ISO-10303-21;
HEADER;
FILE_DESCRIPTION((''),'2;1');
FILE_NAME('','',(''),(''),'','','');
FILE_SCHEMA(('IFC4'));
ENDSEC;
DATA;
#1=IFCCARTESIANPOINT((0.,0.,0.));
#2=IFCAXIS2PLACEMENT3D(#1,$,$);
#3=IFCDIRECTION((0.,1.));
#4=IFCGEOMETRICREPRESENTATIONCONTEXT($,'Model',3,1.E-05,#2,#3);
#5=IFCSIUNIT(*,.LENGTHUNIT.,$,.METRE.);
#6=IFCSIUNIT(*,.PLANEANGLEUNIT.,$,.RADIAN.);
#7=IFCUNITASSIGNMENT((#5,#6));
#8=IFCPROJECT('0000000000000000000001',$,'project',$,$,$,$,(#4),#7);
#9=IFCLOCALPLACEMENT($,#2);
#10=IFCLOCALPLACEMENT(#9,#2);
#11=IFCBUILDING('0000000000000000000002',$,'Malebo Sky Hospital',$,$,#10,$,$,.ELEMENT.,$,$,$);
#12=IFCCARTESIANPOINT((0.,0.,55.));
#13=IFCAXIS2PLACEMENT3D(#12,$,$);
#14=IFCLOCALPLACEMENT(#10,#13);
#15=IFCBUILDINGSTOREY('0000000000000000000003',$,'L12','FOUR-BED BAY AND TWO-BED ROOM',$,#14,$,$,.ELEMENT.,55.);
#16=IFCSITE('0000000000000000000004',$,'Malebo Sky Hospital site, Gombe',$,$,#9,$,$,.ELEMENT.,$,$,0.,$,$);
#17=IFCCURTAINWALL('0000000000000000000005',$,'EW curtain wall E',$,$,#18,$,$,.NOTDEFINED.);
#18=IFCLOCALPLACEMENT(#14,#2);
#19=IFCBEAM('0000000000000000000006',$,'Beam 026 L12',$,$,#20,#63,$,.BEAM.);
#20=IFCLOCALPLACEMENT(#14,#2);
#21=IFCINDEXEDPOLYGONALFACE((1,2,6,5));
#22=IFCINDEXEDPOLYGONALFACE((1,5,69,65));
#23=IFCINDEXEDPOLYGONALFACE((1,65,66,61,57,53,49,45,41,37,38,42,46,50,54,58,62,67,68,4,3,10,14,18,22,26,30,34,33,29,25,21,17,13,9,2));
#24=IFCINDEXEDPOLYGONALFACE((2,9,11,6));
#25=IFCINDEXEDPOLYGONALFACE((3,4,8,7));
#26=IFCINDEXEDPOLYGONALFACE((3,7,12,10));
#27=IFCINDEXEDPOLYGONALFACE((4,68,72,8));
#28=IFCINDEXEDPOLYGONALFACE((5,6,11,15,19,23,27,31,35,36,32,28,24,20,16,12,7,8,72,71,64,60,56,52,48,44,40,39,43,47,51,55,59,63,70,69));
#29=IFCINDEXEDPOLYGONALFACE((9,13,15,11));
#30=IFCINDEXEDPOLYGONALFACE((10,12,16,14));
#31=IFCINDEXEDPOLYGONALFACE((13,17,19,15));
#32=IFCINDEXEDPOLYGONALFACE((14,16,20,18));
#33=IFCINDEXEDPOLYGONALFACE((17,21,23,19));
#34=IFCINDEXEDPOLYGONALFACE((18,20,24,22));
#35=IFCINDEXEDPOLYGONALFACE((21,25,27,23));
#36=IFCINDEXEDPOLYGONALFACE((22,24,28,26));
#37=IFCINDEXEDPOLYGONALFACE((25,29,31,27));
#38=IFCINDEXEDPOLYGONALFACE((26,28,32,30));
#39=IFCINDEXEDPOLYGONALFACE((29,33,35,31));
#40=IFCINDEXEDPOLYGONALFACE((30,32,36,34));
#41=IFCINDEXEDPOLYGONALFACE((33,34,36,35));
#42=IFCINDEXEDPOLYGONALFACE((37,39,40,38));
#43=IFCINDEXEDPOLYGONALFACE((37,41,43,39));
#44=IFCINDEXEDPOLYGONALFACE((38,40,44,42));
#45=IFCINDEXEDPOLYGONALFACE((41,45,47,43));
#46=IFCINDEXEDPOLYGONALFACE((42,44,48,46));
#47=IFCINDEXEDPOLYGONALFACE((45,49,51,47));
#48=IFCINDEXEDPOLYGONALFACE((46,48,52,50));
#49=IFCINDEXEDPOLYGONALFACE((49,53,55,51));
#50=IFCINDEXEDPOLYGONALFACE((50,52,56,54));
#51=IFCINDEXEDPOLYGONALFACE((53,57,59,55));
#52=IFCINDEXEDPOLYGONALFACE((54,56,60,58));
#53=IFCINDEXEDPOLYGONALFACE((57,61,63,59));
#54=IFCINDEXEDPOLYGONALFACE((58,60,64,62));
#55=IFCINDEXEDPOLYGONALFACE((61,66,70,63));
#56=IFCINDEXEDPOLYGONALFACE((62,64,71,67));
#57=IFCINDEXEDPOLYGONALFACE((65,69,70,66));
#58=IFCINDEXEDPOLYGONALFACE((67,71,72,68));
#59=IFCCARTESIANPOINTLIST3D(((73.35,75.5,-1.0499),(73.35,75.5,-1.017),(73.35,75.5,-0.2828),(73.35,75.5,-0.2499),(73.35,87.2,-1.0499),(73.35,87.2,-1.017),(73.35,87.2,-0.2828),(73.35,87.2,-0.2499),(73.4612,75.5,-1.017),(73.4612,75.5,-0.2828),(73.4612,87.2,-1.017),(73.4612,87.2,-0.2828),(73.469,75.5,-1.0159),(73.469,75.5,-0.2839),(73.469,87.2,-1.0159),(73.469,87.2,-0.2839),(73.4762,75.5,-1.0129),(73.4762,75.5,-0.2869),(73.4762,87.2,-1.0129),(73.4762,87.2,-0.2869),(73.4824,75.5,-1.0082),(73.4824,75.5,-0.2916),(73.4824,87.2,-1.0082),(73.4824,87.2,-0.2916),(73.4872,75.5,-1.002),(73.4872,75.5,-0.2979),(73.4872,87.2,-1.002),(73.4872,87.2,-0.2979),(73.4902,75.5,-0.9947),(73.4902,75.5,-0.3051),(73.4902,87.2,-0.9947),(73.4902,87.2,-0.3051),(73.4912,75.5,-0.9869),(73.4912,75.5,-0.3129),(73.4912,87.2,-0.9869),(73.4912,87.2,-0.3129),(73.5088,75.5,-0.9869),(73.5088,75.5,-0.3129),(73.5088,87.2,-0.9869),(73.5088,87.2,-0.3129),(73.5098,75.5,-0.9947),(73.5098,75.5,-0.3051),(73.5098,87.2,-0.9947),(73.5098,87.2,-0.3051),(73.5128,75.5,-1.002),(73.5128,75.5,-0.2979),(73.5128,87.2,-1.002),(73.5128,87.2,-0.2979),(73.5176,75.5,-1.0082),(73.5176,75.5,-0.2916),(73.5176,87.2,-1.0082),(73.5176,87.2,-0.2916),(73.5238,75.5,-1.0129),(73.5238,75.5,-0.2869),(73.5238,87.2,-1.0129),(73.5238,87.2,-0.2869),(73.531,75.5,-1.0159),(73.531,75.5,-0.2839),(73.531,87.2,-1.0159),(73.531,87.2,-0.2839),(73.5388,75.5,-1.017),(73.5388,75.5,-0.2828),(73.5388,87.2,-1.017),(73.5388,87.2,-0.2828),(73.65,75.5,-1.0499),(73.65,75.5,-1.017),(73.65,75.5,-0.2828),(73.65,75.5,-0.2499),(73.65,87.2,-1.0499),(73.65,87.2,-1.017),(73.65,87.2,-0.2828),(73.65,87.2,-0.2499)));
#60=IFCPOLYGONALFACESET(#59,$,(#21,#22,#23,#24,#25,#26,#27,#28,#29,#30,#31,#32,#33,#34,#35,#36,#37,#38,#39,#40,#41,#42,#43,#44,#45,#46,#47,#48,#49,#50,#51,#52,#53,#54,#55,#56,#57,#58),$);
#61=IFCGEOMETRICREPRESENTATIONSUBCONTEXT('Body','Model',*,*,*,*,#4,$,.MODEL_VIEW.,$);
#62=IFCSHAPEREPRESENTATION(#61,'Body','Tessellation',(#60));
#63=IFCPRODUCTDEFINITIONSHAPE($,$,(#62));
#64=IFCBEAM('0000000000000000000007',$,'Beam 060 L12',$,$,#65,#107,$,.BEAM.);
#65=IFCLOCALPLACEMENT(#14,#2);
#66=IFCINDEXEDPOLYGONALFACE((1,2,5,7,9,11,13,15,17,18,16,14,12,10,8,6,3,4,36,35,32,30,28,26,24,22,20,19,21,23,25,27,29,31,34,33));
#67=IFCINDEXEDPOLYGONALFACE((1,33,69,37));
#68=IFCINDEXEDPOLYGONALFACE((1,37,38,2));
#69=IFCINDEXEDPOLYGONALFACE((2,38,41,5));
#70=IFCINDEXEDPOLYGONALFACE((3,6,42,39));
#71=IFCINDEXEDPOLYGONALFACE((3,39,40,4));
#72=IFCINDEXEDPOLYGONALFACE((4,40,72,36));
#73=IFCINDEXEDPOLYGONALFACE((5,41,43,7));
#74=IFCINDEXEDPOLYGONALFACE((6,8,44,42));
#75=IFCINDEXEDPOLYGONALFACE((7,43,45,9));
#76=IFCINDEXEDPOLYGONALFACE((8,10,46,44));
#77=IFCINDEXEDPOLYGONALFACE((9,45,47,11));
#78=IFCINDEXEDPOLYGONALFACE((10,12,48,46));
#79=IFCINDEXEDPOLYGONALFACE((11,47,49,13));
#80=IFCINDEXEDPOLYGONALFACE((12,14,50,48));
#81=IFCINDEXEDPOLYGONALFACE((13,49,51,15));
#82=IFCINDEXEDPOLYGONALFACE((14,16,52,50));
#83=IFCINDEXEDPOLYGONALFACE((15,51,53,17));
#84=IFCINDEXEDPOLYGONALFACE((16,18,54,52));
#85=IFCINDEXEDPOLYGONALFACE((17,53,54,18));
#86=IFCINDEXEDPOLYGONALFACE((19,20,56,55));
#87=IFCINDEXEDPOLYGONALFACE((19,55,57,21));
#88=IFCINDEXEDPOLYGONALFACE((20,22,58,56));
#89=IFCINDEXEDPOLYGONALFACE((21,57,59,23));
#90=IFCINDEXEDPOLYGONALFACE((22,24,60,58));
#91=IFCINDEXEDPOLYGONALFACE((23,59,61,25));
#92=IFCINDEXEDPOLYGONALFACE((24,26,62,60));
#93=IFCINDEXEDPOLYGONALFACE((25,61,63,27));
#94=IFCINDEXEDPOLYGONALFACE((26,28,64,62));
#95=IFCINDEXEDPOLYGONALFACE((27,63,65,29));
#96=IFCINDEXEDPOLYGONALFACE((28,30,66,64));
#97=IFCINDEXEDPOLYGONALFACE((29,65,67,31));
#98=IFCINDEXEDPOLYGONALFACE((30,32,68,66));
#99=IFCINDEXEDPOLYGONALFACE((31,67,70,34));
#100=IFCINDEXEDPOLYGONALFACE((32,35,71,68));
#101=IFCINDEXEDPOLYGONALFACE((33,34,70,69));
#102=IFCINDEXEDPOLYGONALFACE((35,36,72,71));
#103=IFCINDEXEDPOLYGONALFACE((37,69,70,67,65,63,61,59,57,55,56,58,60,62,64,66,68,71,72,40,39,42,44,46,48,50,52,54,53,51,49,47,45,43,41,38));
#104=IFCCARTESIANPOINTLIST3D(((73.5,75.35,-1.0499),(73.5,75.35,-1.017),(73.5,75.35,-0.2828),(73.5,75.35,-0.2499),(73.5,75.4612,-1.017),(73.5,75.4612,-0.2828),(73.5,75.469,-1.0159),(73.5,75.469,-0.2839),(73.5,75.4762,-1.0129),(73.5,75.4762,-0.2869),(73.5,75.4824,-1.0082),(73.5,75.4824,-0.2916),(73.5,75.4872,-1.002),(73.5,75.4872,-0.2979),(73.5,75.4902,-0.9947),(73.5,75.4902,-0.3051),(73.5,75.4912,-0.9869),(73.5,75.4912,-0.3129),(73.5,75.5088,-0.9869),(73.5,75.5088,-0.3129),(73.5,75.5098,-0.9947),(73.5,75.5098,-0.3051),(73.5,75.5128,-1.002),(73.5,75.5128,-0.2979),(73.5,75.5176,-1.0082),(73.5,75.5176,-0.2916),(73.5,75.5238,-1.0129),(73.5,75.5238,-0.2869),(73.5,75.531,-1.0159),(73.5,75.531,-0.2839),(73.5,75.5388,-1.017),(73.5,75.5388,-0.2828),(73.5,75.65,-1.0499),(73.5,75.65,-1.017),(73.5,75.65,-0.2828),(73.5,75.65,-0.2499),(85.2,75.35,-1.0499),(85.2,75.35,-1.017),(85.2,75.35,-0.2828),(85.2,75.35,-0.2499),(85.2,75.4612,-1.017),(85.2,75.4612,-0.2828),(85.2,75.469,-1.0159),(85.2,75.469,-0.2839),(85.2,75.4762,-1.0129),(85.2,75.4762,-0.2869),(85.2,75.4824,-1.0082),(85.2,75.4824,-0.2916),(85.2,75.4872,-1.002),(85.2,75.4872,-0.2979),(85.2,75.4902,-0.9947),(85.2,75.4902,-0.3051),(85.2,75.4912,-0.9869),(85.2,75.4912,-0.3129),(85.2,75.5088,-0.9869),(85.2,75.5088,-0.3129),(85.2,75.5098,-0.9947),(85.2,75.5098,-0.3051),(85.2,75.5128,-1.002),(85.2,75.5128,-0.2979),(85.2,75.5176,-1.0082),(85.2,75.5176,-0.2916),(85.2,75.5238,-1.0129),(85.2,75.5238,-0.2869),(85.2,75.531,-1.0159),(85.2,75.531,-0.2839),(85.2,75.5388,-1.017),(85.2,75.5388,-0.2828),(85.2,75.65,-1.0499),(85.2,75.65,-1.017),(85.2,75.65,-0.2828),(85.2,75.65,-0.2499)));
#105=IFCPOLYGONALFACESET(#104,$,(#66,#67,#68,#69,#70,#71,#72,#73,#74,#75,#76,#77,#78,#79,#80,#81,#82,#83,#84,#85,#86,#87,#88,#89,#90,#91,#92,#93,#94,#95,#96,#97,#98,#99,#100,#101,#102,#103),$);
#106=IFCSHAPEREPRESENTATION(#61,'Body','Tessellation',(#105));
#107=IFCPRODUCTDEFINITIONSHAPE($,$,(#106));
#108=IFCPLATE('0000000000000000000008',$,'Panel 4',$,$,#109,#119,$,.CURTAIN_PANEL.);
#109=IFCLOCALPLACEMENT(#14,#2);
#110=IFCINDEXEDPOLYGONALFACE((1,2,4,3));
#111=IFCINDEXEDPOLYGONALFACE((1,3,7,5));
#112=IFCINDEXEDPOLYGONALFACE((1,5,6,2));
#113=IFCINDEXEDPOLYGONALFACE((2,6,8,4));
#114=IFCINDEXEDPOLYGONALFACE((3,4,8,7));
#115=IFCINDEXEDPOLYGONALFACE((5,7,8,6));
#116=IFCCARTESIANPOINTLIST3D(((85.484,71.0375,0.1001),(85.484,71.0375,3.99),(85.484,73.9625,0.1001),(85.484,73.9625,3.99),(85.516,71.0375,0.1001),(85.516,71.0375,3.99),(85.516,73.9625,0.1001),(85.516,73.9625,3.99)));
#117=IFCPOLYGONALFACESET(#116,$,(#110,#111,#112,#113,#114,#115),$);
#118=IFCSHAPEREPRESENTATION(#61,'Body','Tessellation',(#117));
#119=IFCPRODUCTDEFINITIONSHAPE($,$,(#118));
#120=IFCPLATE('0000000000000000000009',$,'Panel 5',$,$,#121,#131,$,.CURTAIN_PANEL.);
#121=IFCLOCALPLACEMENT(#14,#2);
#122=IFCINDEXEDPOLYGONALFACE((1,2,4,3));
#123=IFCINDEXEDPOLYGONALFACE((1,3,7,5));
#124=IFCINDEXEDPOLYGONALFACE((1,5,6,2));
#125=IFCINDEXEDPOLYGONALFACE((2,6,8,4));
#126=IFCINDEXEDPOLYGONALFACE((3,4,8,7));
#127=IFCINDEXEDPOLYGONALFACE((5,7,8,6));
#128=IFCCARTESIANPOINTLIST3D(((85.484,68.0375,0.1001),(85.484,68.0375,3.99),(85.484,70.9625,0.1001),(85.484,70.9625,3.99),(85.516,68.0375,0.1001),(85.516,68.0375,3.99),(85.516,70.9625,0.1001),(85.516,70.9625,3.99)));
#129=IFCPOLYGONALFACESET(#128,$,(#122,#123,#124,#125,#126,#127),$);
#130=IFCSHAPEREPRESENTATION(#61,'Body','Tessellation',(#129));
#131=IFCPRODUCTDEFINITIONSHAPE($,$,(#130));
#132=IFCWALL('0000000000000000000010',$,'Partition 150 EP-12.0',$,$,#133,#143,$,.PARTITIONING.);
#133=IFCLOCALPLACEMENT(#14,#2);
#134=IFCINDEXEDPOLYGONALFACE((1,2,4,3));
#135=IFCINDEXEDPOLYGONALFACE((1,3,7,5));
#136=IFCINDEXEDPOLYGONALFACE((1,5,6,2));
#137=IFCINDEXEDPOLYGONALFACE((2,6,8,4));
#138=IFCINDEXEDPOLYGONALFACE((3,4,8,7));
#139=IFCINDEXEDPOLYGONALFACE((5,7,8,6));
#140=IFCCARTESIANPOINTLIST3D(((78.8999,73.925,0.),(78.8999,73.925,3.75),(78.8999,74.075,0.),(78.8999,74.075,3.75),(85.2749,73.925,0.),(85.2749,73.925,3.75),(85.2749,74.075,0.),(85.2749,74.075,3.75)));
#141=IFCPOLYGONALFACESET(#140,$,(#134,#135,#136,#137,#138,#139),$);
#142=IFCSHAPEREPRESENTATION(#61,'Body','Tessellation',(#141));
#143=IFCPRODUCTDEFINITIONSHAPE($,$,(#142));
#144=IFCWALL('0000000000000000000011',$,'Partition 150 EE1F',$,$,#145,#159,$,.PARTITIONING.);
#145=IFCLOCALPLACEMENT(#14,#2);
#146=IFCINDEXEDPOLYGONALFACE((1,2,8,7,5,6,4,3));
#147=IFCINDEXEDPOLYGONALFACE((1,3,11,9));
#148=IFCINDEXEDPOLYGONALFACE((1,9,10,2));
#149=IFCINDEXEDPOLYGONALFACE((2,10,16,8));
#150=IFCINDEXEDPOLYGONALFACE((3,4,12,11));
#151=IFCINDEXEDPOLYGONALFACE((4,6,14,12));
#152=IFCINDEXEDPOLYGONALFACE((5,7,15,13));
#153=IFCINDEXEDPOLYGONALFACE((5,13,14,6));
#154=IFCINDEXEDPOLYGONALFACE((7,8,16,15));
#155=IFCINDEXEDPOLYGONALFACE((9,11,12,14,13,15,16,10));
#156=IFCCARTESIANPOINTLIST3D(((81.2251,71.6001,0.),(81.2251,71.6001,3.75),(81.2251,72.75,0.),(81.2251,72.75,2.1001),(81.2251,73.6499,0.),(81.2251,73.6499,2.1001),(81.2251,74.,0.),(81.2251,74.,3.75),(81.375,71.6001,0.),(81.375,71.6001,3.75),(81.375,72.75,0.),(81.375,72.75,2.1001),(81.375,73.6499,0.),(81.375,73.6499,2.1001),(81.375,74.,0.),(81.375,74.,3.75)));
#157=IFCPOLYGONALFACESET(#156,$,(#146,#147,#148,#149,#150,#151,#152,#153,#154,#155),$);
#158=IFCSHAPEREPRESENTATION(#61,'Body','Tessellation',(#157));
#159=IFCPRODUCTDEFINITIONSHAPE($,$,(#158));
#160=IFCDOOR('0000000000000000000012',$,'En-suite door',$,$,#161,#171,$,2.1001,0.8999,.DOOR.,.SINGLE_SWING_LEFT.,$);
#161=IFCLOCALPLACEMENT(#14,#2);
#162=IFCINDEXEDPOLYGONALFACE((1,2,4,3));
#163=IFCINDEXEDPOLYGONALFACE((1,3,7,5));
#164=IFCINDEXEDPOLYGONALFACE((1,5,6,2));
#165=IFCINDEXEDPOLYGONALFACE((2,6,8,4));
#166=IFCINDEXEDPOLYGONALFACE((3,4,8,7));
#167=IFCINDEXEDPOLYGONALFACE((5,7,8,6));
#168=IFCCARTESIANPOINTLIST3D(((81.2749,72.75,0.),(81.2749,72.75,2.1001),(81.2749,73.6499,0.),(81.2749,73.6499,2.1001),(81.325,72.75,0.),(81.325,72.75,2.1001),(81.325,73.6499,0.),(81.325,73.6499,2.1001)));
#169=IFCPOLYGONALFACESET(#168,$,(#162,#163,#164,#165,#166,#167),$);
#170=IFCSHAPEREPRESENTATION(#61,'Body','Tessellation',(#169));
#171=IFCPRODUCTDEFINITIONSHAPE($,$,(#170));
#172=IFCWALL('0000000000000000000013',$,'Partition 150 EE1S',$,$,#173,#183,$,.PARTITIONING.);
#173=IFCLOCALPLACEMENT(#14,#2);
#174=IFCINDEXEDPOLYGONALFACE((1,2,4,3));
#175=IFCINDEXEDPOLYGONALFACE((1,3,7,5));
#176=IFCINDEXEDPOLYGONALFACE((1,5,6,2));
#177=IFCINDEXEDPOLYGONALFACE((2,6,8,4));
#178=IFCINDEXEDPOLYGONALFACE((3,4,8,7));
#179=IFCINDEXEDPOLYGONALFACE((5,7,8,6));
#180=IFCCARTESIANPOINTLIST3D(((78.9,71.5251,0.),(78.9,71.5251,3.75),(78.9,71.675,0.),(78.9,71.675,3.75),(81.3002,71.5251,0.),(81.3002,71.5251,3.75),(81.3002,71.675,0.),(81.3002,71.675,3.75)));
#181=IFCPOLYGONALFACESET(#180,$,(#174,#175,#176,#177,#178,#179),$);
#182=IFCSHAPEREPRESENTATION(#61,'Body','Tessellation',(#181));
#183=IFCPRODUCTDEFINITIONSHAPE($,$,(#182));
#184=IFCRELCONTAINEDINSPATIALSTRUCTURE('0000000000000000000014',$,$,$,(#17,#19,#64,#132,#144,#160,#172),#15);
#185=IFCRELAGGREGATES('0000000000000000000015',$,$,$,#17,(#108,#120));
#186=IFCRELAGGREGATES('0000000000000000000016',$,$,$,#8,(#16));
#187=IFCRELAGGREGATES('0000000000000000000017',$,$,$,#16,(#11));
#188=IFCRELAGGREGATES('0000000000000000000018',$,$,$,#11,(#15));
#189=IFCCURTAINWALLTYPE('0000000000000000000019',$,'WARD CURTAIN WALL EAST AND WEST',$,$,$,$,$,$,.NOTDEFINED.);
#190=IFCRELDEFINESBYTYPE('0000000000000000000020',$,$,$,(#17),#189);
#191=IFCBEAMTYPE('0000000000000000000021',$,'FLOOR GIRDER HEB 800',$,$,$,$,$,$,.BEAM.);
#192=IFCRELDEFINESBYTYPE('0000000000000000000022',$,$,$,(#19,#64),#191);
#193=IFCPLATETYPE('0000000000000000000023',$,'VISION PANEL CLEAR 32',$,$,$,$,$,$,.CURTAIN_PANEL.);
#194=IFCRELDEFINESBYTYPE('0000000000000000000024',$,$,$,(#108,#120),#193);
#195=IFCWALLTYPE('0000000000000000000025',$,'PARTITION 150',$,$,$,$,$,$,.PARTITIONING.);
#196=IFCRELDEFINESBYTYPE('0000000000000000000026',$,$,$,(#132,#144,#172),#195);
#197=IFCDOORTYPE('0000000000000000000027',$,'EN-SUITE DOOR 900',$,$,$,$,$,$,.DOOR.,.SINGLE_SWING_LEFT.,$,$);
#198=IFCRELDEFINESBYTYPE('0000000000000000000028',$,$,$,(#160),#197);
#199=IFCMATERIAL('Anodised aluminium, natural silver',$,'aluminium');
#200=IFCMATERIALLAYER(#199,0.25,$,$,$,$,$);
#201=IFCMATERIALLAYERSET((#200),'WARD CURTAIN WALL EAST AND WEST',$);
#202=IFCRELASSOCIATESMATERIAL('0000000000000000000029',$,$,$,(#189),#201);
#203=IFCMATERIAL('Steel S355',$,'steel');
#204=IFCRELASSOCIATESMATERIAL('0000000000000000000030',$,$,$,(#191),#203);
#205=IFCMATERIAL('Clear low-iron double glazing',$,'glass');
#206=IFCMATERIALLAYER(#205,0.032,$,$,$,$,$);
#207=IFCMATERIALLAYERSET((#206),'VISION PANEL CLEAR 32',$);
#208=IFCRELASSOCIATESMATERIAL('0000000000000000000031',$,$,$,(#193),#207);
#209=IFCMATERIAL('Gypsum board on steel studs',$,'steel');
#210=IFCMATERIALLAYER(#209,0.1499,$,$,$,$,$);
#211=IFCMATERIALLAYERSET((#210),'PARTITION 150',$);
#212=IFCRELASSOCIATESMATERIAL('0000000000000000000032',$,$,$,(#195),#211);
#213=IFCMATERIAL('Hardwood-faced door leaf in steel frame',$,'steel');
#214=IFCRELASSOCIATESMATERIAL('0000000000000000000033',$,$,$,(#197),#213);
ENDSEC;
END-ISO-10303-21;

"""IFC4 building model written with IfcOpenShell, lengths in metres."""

from ifc_helpers import new_model, si_unit, direction, frame, frame_2d, origin, origin_2d, place, context, subcontext, project, spatial, rectangle, i_section, extrude, material, layer, layer_set, material_profile, profile_set, type_object, element, fill, aggregate, save


model = new_model("IFC4")

# Units and contexts
model_context = context("Model", 3, precision=1e-05, world=origin(), true_north=direction((0.0, 1.0)))
body_context = subcontext(model_context, "Body", "Model", "MODEL_VIEW")
ifc_project = project(units=[si_unit("LENGTHUNIT", "METRE"), si_unit("PLANEANGLEUNIT", "RADIAN")], contexts=[model_context])

# Site, building, storey
site_placement = place(None, origin())
site = spatial("IfcSite", under=ifc_project, at=site_placement, Name="Malebo Sky Hospital site, Gombe", CompositionType="ELEMENT", RefElevation=0.0)
building_placement = place(site_placement, origin())
building = spatial("IfcBuilding", under=site, at=building_placement, Name="Malebo Sky Hospital", CompositionType="ELEMENT")
storey_placement = place(building_placement, frame((0.0, 0.0, 55.0)))
storey = spatial("IfcBuildingStorey", under=building, at=storey_placement, Name="L12", Description="FOUR-BED BAY AND TWO-BED ROOM", CompositionType="ELEMENT", Elevation=55.0)

# Curtain wall
ifc_material_1 = material(Name="Anodised aluminium, natural silver", Category="aluminium")
ifc_layer_1 = layer(ifc_material_1, 0.25)
ifc_layer_set_1 = layer_set([ifc_layer_1], Name="WARD CURTAIN WALL EAST AND WEST")
curtain_wall_type = type_object("IfcCurtainWallType", Name="WARD CURTAIN WALL EAST AND WEST", PredefinedType="NOTDEFINED", material=ifc_layer_set_1)
curtain_wall_placement = place(storey_placement, origin())
curtain_wall = element("IfcCurtainWall", 1, at=curtain_wall_placement, inside=storey, type_object=curtain_wall_type, Name="EW curtain wall E", PredefinedType="NOTDEFINED")

# Shared definitions
ifc_material_2 = material(Name="Steel S355", Category="steel")

# Beams
ifc_material_profile_1 = material_profile(ifc_material_2, i_section(OverallWidth=0.3, OverallDepth=0.8, WebThickness=0.0176, FlangeThickness=0.033, FilletRadius=0.03, at=origin_2d()), Name="HEB 800")
ifc_profile_set_1 = profile_set([ifc_material_profile_1], Name="Steel S355")
beam_type_1 = type_object("IfcBeamType", Name="FLOOR GIRDER HEB 800", PredefinedType="BEAM", material=ifc_profile_set_1)
for number, where, z_axis, x_axis, name in (
    (2, (73.5, 75.5, -0.6499), (0.0, 1.0, 0.0), (-1.0, 0.0, 0.0), "Beam 026 L12"),
    (3, (73.5, 75.5, -0.6499), (1.0, 0.0, 0.0), (0.0, 1.0, 0.0), "Beam 060 L12"),
):
    element("IfcBeam", number, at=place(storey_placement, frame(where, z_axis=z_axis, x_axis=x_axis)), inside=storey, type_object=beam_type_1, Name=name, PredefinedType="BEAM", context=body_context, shape_type="SweptSolid", body=[
        extrude(i_section(OverallWidth=0.3, OverallDepth=0.8, WebThickness=0.0176, FlangeThickness=0.033, FilletRadius=0.03, at=origin_2d()), origin(), (0.0, 0.0, 1.0), 11.7),
    ])

# Plates
ifc_material_3 = material(Name="Clear low-iron double glazing", Category="glass")
ifc_layer_2 = layer(ifc_material_3, 0.032)
ifc_layer_set_2 = layer_set([ifc_layer_2], Name="VISION PANEL CLEAR 32")
plate_type = type_object("IfcPlateType", Name="VISION PANEL CLEAR 32", PredefinedType="CURTAIN_PANEL", material=ifc_layer_set_2)
plate_1_placement = place(storey_placement, frame((85.5, 72.5, 0.1001), z_axis=(0.0, 0.0, 1.0), x_axis=(0.0, -1.0, 0.0)))
plate_1 = element("IfcPlate", 4, at=plate_1_placement, type_object=plate_type, Name="Panel 4", PredefinedType="CURTAIN_PANEL", context=body_context, shape_type="SweptSolid", body=[
    extrude(rectangle(XDim=2.925, YDim=0.032, at=origin_2d()), origin(), (0.0, 0.0, 1.0), 3.8899),
])
plate_2_placement = place(storey_placement, frame((85.5, 69.5, 0.1001), z_axis=(0.0, 0.0, 1.0), x_axis=(0.0, -1.0, 0.0)))
plate_2 = element("IfcPlate", 5, at=plate_2_placement, type_object=plate_type, Name="Panel 5", PredefinedType="CURTAIN_PANEL", context=body_context, shape_type="SweptSolid", body=[
    extrude(rectangle(XDim=2.925, YDim=0.032, at=origin_2d()), origin(), (0.0, 0.0, 1.0), 3.8899),
])
aggregate(curtain_wall, [plate_1, plate_2])

# Wall
ifc_material_4 = material(Name="Gypsum board on steel studs", Category="steel")
ifc_layer_3 = layer(ifc_material_4, 0.1499)
ifc_layer_set_3 = layer_set([ifc_layer_3], Name="PARTITION 150")
wall_type = type_object("IfcWallType", Name="PARTITION 150", PredefinedType="PARTITIONING", material=ifc_layer_set_3)
wall_1_placement = place(storey_placement, frame((78.8999, 74.0, 0.0), z_axis=(0.0, 0.0, 1.0), x_axis=(1.0, 0.0, 0.0)))
element("IfcWall", 6, at=wall_1_placement, inside=storey, type_object=wall_type, Name="Partition 150 EP-12.0", PredefinedType="PARTITIONING", context=body_context, shape_type="SweptSolid", body=[
    extrude(rectangle(XDim=6.375, YDim=0.1499, at=frame_2d((3.1875, 0.0))), origin(), (0.0, 0.0, 1.0), 3.75),
])

# Wall, opening, door
wall_2_placement = place(storey_placement, frame((81.3, 74.0, 0.0), z_axis=(0.0, 0.0, 1.0), x_axis=(0.0, -1.0, 0.0)))
wall_2 = element("IfcWall", 7, at=wall_2_placement, inside=storey, type_object=wall_type, Name="Partition 150 EE1F", PredefinedType="PARTITIONING", context=body_context, shape_type="SweptSolid", body=[
    extrude(rectangle(XDim=2.3999, YDim=0.1499, at=frame_2d((1.2, 0.0))), origin(), (0.0, 0.0, 1.0), 3.75),
])
opening_placement = place(wall_2_placement, frame((0.3501, 0.0, 0.0)))
opening = element("IfcOpeningElement", 8, at=opening_placement, cuts=wall_2, PredefinedType="OPENING", context=body_context, shape_type="SweptSolid", body=[
    extrude(rectangle(XDim=0.8999, YDim=2.1001, at=frame_2d((0.45, 1.05))), frame((0.0, 0.085, 0.0), z_axis=(0.0, -1.0, 0.0), x_axis=(1.0, 0.0, 0.0)), (0.0, 0.0, 1.0), 0.1699),
])
ifc_material_5 = material(Name="Hardwood-faced door leaf in steel frame", Category="steel")
door_type = type_object("IfcDoorType", Name="EN-SUITE DOOR 900", OperationType="SINGLE_SWING_LEFT", PredefinedType="DOOR", material=ifc_material_5)
door_placement = place(opening_placement, origin())
door = element("IfcDoor", 9, at=door_placement, inside=storey, type_object=door_type, Name="En-suite door", OperationType="SINGLE_SWING_LEFT", OverallHeight=2.1001, OverallWidth=0.8999, PredefinedType="DOOR", context=body_context, shape_type="SweptSolid", body=[
    extrude(rectangle(XDim=0.8999, YDim=2.1001, at=frame_2d((0.45, 1.05))), frame((0.0, 0.0249, 0.0), z_axis=(0.0, -1.0, 0.0), x_axis=(1.0, 0.0, 0.0)), (0.0, 0.0, 1.0), 0.05),
])
fill(opening, door)

# Wall
wall_3_placement = place(storey_placement, frame((78.8999, 71.6001, 0.0), z_axis=(0.0, 0.0, 1.0), x_axis=(1.0, 0.0, 0.0)))
element("IfcWall", 10, at=wall_3_placement, inside=storey, type_object=wall_type, Name="Partition 150 EE1S", PredefinedType="PARTITIONING", context=body_context, shape_type="SweptSolid", body=[
    extrude(rectangle(XDim=2.4001, YDim=0.1499, at=frame_2d((1.2002, 0.0))), origin(), (0.0, 0.0, 1.0), 3.75),
])

save(model, "model.ifc")
